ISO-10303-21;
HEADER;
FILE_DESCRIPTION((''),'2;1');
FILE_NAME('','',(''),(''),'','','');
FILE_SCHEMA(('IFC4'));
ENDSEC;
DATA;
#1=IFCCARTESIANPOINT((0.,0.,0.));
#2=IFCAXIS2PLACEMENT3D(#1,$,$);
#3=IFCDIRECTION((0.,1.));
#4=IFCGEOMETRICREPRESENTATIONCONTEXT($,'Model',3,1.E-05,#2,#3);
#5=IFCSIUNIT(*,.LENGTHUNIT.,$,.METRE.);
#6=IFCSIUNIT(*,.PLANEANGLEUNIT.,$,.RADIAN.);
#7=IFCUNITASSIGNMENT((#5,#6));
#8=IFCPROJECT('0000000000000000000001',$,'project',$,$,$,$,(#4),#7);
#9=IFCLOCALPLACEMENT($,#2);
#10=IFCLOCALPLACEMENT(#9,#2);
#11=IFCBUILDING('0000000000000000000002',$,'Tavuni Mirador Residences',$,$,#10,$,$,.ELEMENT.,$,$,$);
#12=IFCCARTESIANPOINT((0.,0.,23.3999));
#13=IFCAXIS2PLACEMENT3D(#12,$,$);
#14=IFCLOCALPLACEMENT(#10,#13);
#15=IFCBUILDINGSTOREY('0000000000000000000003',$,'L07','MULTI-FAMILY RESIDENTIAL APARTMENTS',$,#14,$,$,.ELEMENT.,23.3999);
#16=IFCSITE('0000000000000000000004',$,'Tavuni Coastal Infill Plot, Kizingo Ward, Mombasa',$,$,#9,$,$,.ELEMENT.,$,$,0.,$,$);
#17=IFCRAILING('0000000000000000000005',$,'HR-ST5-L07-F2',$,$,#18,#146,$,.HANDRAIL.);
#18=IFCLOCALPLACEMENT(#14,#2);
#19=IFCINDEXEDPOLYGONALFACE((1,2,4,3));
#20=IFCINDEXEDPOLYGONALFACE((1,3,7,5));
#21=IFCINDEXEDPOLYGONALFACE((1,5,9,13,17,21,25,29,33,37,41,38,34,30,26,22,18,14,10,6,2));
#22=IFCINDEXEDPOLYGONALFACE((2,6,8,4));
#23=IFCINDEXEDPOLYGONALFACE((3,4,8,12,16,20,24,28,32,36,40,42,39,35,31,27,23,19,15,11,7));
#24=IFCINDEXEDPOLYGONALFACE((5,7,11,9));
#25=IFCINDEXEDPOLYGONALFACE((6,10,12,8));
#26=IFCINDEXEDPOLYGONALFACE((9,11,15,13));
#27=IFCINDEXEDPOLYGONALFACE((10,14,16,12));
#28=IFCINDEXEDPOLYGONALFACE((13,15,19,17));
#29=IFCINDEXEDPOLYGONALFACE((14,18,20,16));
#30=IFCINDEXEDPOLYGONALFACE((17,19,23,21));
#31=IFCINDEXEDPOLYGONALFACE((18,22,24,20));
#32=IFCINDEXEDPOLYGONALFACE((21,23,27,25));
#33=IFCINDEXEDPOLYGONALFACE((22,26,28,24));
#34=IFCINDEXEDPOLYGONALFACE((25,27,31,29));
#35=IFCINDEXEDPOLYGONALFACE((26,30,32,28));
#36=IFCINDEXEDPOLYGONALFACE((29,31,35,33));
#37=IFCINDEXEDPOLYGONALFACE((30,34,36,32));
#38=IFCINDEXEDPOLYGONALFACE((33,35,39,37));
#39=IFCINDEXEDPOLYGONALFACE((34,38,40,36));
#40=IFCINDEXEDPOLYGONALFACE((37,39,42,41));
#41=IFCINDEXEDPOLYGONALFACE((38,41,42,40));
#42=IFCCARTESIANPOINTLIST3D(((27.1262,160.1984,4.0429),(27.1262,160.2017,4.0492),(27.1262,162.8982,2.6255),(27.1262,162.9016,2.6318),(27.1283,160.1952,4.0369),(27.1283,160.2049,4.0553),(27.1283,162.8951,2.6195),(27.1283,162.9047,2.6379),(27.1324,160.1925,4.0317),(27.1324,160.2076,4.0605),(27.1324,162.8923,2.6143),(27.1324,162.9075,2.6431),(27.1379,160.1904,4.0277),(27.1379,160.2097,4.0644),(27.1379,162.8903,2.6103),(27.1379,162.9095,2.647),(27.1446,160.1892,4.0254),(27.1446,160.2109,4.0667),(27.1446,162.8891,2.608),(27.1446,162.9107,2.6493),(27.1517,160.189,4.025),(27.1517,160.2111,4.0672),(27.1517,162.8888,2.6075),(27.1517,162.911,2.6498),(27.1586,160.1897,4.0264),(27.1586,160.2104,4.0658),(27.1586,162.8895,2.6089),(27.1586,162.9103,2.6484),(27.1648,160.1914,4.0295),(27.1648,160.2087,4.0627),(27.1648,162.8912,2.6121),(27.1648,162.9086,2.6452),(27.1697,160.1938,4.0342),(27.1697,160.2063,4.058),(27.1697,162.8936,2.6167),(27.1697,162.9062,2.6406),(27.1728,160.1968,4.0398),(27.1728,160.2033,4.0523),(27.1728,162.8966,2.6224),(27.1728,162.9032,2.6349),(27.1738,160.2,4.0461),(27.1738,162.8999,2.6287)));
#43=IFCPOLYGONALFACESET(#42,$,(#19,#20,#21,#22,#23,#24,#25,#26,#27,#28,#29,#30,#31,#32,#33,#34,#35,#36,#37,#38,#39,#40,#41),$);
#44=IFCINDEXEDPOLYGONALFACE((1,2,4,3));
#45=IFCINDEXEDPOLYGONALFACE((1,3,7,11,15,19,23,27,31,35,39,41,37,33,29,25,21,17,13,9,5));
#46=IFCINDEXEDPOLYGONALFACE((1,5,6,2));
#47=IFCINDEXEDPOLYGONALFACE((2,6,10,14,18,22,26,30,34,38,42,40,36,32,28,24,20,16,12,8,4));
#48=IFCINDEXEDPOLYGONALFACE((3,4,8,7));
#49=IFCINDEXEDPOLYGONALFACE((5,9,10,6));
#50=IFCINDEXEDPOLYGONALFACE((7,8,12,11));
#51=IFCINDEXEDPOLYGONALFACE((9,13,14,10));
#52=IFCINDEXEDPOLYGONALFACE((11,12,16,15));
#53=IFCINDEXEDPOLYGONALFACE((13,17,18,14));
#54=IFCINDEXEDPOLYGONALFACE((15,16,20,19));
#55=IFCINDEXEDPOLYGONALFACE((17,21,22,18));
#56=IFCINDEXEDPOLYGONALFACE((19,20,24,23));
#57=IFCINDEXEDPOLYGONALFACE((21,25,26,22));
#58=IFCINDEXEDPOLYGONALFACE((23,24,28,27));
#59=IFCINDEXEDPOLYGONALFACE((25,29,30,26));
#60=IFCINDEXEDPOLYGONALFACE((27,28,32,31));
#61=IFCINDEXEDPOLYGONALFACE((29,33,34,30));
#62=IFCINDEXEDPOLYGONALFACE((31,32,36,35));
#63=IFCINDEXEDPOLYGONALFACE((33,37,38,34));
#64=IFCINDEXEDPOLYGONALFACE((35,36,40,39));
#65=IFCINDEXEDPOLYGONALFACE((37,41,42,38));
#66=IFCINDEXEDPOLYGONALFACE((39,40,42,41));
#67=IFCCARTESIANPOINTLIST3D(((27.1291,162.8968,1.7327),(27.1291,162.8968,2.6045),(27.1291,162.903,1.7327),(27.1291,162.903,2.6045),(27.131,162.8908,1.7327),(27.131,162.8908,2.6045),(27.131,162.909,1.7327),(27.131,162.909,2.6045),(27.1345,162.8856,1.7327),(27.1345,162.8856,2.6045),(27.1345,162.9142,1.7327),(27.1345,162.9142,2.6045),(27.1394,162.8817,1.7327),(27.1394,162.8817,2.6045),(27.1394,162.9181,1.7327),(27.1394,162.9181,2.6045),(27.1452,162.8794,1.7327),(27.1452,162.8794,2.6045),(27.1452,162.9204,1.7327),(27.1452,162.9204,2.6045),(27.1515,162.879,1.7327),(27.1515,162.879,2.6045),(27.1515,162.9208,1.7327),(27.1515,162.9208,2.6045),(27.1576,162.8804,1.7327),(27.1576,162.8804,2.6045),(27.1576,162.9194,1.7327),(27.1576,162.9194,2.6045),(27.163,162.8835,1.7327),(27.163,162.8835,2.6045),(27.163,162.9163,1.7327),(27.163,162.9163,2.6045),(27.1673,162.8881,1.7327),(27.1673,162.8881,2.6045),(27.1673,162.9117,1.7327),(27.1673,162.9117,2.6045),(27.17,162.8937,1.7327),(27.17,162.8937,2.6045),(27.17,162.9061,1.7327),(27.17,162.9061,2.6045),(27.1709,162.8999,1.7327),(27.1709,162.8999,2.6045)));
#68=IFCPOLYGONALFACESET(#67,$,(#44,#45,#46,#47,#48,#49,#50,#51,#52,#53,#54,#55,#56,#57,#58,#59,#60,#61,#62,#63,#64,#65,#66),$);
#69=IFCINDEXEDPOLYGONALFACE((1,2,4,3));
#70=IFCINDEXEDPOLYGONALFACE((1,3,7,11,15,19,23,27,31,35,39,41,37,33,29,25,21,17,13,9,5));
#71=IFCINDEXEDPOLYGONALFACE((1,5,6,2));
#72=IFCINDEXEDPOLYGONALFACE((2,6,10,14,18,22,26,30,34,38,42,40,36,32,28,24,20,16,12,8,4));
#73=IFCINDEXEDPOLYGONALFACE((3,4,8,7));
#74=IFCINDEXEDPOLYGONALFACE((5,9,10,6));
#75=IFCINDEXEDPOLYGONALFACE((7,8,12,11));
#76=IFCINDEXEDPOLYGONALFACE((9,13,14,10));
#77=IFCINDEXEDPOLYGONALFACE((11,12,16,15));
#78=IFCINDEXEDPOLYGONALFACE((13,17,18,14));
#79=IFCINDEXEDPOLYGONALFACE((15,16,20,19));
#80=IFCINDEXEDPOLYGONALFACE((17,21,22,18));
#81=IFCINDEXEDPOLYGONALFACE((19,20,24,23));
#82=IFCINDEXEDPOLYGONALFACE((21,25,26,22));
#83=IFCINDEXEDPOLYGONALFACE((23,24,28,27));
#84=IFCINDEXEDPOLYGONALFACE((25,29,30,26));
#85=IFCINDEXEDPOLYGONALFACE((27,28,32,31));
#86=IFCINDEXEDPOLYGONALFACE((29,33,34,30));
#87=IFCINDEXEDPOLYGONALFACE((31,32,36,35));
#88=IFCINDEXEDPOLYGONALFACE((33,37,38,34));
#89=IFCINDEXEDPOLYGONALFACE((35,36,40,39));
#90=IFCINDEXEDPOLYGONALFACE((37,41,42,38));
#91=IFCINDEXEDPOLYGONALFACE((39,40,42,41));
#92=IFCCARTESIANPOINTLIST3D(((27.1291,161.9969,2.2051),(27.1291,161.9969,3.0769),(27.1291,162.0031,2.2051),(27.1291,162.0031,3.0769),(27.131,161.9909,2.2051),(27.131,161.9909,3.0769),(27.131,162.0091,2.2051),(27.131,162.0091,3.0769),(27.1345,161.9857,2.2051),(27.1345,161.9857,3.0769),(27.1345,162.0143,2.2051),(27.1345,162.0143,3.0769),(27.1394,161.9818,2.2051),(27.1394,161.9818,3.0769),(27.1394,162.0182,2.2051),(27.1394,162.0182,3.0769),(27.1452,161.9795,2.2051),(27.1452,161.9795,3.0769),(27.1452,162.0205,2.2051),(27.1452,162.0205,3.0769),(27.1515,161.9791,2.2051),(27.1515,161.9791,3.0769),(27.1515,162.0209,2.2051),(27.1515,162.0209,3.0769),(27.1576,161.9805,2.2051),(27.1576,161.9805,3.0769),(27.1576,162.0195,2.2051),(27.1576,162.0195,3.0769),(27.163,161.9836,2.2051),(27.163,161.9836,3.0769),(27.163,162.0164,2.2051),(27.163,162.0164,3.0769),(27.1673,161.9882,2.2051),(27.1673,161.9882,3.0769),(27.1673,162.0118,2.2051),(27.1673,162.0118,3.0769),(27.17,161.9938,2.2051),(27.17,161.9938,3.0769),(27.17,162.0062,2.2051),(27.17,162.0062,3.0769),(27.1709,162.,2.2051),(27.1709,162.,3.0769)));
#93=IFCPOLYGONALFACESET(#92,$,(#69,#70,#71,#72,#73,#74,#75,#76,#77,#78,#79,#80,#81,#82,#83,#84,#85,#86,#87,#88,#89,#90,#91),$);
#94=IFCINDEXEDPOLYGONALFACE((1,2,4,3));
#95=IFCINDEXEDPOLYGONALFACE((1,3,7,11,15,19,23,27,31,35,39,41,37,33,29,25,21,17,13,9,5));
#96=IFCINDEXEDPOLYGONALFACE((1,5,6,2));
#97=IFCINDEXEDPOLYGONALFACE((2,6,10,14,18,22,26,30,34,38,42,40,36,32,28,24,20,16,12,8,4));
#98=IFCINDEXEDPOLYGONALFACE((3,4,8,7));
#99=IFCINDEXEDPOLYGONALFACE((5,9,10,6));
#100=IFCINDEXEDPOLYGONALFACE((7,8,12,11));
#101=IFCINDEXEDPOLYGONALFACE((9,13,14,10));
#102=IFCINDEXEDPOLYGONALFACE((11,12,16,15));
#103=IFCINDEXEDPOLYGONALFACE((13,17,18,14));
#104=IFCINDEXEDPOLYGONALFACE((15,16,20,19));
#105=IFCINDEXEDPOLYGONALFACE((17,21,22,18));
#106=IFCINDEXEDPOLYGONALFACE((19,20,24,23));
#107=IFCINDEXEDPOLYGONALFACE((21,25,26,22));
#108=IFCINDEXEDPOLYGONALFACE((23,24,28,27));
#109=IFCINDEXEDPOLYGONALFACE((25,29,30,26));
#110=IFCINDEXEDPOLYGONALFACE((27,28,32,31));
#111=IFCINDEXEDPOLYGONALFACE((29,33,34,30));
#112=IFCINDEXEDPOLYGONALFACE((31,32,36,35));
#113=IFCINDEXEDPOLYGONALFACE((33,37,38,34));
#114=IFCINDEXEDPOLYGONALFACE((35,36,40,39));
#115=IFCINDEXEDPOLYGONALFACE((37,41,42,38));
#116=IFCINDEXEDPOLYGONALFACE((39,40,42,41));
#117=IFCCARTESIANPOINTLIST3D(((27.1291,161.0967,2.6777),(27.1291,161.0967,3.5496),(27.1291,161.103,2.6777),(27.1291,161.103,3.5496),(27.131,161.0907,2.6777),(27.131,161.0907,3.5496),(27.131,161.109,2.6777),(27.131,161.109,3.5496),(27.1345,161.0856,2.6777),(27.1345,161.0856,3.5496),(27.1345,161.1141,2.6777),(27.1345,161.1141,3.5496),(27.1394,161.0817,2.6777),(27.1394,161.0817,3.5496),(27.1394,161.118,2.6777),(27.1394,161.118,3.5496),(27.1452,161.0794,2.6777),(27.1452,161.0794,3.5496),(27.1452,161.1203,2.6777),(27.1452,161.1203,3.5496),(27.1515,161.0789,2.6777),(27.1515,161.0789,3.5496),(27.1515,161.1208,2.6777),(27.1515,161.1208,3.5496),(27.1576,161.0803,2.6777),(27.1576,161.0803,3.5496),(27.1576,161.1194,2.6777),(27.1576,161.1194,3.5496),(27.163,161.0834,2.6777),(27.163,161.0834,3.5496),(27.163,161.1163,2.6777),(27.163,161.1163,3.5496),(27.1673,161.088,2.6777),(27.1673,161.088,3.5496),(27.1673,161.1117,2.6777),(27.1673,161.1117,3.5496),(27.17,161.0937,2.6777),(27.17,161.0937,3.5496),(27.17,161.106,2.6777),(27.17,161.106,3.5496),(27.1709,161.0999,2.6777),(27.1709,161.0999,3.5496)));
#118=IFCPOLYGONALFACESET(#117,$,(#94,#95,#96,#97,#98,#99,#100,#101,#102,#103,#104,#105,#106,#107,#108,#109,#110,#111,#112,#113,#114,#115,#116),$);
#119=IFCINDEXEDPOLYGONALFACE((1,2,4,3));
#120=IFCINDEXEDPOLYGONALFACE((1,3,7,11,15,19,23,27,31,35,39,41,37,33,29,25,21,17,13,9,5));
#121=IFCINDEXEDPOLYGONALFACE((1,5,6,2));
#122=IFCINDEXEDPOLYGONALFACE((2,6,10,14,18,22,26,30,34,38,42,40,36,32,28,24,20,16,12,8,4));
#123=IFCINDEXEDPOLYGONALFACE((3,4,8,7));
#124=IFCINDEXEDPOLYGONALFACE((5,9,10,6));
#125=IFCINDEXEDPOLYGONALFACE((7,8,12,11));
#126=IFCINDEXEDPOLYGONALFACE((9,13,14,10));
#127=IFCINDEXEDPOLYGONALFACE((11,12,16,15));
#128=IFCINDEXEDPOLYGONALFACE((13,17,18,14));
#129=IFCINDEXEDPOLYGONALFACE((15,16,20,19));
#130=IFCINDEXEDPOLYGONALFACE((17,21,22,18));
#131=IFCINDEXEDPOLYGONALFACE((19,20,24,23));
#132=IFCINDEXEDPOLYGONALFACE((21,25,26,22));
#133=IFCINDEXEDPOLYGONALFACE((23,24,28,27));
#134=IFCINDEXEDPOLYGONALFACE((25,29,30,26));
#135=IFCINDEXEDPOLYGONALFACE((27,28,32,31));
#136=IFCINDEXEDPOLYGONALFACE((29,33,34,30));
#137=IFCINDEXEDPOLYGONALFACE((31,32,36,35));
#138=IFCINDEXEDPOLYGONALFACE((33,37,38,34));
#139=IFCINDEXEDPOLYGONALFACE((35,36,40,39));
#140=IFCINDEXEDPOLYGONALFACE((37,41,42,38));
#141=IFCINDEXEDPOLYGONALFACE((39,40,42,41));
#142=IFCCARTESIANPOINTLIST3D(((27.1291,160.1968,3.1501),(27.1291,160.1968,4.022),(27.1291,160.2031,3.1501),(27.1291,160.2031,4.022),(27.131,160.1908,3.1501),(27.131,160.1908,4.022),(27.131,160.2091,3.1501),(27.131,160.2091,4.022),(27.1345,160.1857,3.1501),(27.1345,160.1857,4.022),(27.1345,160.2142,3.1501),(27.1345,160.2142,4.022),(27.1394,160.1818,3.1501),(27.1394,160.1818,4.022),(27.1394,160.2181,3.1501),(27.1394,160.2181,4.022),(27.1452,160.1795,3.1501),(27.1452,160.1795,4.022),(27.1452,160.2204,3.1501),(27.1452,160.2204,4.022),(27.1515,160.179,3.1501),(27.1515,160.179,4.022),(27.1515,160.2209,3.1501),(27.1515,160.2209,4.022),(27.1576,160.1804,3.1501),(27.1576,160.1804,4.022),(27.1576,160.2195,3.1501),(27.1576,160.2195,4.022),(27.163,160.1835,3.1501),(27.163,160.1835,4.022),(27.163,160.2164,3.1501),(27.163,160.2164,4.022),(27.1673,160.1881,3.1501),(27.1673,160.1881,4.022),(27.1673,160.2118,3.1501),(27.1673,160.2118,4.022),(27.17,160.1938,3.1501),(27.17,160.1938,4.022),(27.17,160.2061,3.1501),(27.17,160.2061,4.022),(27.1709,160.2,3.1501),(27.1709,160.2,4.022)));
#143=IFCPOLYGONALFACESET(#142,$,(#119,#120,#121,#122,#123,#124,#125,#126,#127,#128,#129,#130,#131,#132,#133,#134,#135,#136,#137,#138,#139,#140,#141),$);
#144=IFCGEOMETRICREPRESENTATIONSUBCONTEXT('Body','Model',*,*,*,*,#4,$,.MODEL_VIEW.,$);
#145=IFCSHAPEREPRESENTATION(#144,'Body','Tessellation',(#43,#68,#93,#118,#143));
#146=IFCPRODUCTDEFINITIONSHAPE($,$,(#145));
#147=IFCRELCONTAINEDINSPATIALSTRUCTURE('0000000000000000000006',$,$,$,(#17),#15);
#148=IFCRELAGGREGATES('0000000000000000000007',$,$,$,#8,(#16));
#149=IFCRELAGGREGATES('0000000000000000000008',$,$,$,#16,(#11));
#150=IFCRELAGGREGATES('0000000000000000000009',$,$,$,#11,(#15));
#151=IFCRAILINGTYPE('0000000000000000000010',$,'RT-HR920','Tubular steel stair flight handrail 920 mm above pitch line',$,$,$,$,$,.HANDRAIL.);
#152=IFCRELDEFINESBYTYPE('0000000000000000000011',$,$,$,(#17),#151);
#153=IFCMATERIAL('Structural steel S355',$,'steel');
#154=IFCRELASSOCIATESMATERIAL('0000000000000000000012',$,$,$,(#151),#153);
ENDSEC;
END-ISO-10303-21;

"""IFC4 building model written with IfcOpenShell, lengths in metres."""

from ifc_helpers import new_model, si_unit, direction, frame, origin, origin_2d, place, context, subcontext, project, spatial, circle, extrude, material, type_object, element, save


model = new_model("IFC4")

# Units and contexts
model_context = context("Model", 3, precision=1e-05, world=origin(), true_north=direction((0.0, 1.0)))
body_context = subcontext(model_context, "Body", "Model", "MODEL_VIEW")
ifc_project = project(units=[si_unit("LENGTHUNIT", "METRE"), si_unit("PLANEANGLEUNIT", "RADIAN")], contexts=[model_context])

# Site, building, storey
site_placement = place(None, origin())
site = spatial("IfcSite", under=ifc_project, at=site_placement, Name="Tavuni Coastal Infill Plot, Kizingo Ward, Mombasa", CompositionType="ELEMENT", RefElevation=0.0)
building_placement = place(site_placement, origin())
building = spatial("IfcBuilding", under=site, at=building_placement, Name="Tavuni Mirador Residences", CompositionType="ELEMENT")
storey_placement = place(building_placement, frame((0.0, 0.0, 23.3999)))
storey = spatial("IfcBuildingStorey", under=building, at=storey_placement, Name="L07", Description="MULTI-FAMILY RESIDENTIAL APARTMENTS", CompositionType="ELEMENT", Elevation=23.3999)

# Shared definitions
ifc_material_1 = material(Name="Structural steel S355", Category="steel")

# Railing
railing_type_1 = type_object("IfcRailingType", Name="RT-HR920", Description="Tubular steel stair flight handrail 920 mm above pitch line", PredefinedType="HANDRAIL", material=ifc_material_1)
railing_1_placement = place(storey_placement, frame((27.1499, 162.8999, 1.7327)))
element("IfcRailing", 1, at=railing_1_placement, inside=storey, type_object=railing_type_1, Name="HR-ST5-L07-F2", PredefinedType="HANDRAIL", context=body_context, shape_type="SweptSolid", body=[
    extrude(circle(Radius=0.0239, at=origin_2d()), frame((0.0, 0.0, 0.896), z_axis=(0.0, -0.885397, 0.464835), x_axis=(1.0, 0.0, 0.0)), (0.0, 0.0, 1.0), 3.0493),
    extrude(circle(Radius=0.021, at=origin_2d()), origin(), (0.0, 0.0, 1.0), 0.8718),
    extrude(circle(Radius=0.021, at=origin_2d()), frame((0.0, -0.8999, 0.4724)), (0.0, 0.0, 1.0), 0.8718),
    extrude(circle(Radius=0.021, at=origin_2d()), frame((0.0, -1.8, 0.9451)), (0.0, 0.0, 1.0), 0.8718),
    extrude(circle(Radius=0.021, at=origin_2d()), frame((0.0, -2.7, 1.4175)), (0.0, 0.0, 1.0), 0.8718),
])

save(model, "model.ifc")
